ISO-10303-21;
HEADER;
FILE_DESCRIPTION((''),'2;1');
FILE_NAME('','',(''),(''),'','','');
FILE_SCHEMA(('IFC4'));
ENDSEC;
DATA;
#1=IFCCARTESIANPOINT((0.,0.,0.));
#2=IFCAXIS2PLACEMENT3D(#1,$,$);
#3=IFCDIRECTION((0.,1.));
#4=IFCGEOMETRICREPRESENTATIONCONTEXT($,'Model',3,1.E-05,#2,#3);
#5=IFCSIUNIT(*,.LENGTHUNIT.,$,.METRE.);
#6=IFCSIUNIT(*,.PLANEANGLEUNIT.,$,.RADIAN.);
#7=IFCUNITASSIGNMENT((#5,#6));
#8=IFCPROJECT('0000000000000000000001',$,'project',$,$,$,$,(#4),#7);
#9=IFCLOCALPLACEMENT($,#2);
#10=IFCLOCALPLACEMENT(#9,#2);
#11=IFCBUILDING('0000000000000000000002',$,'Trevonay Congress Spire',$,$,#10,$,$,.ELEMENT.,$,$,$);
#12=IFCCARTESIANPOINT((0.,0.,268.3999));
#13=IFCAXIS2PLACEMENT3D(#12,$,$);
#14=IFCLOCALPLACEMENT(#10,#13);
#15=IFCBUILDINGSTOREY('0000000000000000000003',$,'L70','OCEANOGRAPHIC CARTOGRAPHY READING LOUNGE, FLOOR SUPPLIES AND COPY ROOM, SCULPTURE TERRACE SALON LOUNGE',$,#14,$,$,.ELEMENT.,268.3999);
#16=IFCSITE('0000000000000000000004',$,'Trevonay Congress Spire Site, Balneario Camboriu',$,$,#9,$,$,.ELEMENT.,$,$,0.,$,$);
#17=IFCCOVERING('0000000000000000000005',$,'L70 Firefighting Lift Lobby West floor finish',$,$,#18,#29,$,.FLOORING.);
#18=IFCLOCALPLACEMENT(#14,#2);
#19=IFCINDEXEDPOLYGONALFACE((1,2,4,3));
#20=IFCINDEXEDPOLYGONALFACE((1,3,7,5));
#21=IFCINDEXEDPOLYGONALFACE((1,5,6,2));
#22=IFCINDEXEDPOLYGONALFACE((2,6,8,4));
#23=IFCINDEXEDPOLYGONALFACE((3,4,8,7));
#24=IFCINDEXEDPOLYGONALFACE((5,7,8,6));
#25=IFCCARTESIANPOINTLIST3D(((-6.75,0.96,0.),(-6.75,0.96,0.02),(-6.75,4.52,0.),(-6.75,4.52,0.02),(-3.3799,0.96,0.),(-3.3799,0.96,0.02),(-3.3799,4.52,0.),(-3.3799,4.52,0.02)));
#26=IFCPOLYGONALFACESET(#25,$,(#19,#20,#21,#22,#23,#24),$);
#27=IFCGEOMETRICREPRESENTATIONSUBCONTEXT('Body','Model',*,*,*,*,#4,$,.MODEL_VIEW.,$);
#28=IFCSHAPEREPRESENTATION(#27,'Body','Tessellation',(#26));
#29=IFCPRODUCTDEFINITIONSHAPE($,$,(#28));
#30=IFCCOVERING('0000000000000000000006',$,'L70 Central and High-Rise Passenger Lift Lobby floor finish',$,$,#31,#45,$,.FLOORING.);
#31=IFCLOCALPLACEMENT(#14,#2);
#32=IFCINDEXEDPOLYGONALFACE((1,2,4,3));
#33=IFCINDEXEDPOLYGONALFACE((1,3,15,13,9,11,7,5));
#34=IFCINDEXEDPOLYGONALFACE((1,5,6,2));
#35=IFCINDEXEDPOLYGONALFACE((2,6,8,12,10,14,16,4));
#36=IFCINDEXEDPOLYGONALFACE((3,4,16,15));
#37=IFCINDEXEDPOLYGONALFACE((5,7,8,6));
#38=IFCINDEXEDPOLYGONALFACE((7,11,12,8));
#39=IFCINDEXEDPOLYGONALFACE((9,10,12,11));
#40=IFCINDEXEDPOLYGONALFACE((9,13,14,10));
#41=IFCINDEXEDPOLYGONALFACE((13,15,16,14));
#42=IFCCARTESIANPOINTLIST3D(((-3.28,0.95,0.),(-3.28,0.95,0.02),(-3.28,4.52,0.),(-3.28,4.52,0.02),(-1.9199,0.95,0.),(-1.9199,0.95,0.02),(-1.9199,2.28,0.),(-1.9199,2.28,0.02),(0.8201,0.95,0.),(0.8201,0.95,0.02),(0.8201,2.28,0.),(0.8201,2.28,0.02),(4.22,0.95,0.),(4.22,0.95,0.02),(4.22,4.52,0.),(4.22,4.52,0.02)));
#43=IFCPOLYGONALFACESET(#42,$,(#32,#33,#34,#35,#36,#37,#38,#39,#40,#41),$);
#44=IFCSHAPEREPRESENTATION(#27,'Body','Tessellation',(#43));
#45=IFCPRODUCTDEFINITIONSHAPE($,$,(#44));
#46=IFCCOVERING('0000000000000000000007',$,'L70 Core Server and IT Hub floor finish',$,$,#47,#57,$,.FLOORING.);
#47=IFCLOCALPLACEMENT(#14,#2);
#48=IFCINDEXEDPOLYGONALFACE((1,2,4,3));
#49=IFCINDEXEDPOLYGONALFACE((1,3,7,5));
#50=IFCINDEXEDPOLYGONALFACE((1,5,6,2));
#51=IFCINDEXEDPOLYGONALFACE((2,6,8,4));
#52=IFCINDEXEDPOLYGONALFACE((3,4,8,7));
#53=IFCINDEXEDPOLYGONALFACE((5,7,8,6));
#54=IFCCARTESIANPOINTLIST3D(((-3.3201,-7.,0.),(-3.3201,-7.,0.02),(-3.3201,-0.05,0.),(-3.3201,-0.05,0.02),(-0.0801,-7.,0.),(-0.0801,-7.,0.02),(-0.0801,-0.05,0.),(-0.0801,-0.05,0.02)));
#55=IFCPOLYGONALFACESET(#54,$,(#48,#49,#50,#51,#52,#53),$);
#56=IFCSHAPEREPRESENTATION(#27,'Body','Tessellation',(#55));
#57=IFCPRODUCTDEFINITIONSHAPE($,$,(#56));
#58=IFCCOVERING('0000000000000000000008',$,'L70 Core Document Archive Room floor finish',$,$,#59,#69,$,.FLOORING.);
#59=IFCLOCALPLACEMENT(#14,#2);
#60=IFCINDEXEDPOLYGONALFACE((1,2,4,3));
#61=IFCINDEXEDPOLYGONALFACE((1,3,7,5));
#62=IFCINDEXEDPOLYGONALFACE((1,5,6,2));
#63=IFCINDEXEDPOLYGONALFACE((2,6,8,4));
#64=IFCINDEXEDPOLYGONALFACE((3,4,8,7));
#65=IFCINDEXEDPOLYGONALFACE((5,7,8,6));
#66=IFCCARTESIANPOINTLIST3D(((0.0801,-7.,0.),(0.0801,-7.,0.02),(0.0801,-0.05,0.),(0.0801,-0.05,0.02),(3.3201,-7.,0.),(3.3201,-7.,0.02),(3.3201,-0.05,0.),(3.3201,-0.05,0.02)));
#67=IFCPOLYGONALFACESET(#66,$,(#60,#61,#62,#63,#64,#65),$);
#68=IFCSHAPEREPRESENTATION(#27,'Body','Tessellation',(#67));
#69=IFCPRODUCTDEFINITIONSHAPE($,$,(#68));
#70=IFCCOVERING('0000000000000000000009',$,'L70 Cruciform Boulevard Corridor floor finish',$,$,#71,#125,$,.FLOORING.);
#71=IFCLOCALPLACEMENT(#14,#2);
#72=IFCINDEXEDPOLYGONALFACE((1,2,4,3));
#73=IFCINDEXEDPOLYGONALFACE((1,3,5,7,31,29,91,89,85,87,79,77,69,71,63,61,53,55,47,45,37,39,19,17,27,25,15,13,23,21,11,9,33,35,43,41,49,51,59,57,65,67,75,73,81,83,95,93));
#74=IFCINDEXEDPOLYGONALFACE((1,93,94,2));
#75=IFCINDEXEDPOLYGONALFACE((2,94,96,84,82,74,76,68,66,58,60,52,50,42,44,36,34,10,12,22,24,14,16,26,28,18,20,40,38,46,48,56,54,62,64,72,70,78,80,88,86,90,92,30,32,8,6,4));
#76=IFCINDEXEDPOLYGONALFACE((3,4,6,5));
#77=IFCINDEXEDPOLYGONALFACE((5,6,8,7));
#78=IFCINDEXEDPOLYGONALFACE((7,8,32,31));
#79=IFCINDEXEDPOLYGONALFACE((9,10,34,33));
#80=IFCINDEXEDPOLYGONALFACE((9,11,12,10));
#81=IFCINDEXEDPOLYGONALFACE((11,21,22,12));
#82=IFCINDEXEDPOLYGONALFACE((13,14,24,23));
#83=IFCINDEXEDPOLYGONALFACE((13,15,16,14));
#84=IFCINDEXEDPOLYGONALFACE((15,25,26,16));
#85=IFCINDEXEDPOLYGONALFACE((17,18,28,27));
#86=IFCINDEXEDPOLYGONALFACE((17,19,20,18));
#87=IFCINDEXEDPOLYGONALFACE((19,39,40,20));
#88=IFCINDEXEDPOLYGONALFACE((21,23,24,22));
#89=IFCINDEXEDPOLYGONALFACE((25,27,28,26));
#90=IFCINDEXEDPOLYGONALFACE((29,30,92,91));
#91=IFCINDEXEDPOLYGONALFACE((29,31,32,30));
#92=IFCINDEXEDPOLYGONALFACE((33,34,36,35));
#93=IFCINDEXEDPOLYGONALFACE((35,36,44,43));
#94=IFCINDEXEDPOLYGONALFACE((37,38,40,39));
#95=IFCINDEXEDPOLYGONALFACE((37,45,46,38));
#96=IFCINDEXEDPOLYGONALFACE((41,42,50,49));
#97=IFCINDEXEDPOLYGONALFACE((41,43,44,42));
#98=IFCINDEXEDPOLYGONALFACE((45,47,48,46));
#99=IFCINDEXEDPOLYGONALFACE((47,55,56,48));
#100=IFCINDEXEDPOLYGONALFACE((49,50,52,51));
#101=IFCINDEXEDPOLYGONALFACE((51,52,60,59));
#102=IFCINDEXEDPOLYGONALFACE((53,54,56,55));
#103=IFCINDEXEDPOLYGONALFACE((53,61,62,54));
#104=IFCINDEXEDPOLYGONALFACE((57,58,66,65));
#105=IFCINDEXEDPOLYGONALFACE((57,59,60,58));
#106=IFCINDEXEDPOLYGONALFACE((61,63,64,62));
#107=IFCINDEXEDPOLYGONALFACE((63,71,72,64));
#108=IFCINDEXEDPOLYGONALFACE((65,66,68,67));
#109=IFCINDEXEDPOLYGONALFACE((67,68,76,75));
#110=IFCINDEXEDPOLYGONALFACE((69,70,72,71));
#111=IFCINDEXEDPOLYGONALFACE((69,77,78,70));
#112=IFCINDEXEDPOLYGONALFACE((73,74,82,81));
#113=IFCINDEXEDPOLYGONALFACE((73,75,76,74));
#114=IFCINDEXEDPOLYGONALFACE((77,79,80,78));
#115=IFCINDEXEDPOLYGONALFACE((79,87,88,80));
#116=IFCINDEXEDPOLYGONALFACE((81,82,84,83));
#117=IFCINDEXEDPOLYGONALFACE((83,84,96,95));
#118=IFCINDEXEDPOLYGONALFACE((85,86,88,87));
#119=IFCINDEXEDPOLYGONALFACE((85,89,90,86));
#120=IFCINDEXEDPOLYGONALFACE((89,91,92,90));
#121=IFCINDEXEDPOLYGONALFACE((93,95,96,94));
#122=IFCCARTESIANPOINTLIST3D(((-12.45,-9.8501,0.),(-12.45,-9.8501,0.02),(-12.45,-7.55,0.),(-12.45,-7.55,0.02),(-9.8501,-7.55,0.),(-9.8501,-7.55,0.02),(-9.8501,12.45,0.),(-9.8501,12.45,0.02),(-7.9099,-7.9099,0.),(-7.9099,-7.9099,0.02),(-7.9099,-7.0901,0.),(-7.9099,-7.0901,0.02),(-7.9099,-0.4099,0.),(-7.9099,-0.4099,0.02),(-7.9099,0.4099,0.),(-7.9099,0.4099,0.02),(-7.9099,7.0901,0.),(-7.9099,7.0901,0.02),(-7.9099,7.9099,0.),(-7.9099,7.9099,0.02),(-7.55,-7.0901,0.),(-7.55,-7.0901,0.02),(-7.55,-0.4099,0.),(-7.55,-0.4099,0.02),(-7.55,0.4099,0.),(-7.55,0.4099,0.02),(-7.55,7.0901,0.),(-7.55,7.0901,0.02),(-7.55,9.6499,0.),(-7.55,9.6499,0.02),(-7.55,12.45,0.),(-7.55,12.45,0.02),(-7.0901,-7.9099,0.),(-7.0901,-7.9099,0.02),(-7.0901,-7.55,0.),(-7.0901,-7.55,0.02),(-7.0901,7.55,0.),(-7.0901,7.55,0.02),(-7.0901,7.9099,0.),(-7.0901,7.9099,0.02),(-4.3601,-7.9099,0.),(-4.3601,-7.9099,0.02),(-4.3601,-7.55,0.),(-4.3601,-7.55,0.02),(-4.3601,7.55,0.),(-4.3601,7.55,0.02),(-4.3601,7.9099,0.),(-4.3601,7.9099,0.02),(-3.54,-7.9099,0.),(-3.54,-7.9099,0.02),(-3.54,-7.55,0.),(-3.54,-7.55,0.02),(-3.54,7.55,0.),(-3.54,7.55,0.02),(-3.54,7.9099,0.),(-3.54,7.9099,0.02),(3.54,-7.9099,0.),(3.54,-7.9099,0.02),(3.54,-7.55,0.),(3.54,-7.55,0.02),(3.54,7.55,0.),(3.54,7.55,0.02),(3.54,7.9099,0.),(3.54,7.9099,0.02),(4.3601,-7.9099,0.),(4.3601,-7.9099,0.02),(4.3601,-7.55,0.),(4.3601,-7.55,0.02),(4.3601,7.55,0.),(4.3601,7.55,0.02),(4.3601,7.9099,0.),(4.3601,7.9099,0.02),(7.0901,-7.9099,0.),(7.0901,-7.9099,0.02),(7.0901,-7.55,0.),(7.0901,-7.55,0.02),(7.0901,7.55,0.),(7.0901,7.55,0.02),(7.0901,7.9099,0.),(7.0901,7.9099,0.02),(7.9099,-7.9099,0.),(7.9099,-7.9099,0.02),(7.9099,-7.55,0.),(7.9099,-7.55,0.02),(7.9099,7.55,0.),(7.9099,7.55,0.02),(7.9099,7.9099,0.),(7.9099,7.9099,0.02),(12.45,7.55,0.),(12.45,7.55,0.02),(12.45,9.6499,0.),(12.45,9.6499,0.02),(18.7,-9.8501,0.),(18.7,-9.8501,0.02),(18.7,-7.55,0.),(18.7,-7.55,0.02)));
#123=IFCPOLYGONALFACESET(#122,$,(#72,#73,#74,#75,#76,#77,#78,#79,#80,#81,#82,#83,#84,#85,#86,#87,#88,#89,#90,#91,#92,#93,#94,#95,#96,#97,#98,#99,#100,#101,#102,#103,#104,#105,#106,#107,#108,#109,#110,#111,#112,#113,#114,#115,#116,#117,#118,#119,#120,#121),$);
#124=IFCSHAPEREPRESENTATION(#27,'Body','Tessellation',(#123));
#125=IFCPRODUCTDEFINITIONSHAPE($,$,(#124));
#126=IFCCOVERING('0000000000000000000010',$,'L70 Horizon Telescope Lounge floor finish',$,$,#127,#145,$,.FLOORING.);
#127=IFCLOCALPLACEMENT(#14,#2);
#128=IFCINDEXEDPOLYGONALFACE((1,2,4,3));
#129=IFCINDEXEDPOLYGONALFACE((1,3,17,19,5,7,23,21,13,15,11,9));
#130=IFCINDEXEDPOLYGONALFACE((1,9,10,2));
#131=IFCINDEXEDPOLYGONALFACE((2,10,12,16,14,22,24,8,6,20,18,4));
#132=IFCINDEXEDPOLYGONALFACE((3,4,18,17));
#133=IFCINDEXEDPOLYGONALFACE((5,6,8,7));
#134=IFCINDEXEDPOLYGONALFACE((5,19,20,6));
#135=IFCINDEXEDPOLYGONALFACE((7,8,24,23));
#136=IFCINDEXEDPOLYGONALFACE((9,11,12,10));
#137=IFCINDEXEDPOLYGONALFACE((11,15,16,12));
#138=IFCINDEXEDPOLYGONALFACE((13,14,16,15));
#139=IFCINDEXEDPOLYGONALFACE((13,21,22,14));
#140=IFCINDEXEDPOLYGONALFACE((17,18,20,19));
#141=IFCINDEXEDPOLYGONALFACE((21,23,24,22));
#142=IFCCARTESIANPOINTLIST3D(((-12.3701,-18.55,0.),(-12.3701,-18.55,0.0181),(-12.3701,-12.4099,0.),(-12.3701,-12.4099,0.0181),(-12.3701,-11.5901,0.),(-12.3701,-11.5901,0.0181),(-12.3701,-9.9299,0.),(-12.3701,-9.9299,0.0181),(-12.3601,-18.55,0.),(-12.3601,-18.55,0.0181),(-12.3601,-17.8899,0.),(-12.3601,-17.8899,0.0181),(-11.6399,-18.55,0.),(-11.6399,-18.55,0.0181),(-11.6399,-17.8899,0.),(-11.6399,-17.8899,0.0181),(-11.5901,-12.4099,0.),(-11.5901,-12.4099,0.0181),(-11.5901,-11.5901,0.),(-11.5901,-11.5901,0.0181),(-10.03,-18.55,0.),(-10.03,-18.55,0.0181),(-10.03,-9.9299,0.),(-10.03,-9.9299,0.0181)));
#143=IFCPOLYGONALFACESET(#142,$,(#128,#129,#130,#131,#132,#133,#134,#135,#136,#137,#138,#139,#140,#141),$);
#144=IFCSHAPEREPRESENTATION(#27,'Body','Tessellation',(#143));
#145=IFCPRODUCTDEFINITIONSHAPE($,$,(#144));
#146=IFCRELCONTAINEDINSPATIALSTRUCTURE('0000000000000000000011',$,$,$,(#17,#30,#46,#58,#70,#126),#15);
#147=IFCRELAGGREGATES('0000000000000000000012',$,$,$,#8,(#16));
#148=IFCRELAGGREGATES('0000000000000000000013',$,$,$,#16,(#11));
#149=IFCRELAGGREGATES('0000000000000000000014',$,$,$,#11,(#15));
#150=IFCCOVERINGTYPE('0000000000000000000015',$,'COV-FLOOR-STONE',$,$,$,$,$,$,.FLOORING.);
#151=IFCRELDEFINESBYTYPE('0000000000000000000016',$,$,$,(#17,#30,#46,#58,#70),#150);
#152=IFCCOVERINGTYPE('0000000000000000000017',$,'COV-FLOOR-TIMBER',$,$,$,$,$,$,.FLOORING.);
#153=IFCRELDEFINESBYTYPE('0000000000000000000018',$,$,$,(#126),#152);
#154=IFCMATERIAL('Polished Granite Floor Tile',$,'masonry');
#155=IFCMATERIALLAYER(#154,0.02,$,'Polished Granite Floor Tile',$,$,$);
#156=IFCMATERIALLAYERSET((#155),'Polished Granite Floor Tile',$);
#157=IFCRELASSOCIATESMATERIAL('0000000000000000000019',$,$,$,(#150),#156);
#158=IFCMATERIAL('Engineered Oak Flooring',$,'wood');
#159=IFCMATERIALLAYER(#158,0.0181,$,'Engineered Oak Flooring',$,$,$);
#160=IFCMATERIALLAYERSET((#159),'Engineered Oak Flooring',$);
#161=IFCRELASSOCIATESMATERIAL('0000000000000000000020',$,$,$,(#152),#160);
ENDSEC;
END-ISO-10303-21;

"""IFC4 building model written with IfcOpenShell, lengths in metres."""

from ifc_helpers import new_model, si_unit, direction, frame, origin, place, context, subcontext, project, spatial, polyline, outline, extrude, material, layer, layer_set, type_object, element, save


model = new_model("IFC4")

# Units and contexts
model_context = context("Model", 3, precision=1e-05, world=origin(), true_north=direction((0.0, 1.0)))
body_context = subcontext(model_context, "Body", "Model", "MODEL_VIEW")
ifc_project = project(units=[si_unit("LENGTHUNIT", "METRE"), si_unit("PLANEANGLEUNIT", "RADIAN")], contexts=[model_context])

# Site, building, storey
site_placement = place(None, origin())
site = spatial("IfcSite", under=ifc_project, at=site_placement, Name="Trevonay Congress Spire Site, Balneario Camboriu", CompositionType="ELEMENT", RefElevation=0.0)
building_placement = place(site_placement, origin())
building = spatial("IfcBuilding", under=site, at=building_placement, Name="Trevonay Congress Spire", CompositionType="ELEMENT")
storey_placement = place(building_placement, frame((0.0, 0.0, 268.3999)))
storey = spatial("IfcBuildingStorey", under=building, at=storey_placement, Name="L70", Description="OCEANOGRAPHIC CARTOGRAPHY READING LOUNGE, FLOOR SUPPLIES AND COPY ROOM, SCULPTURE TERRACE SALON LOUNGE", CompositionType="ELEMENT", Elevation=268.3999)

# Coverings
ifc_material_1 = material(Name="Polished Granite Floor Tile", Category="masonry")
ifc_layer_1 = layer(ifc_material_1, 0.02, Name="Polished Granite Floor Tile")
ifc_layer_set_1 = layer_set([ifc_layer_1], Name="Polished Granite Floor Tile")
covering_type_1 = type_object("IfcCoveringType", Name="COV-FLOOR-STONE", PredefinedType="FLOORING", material=ifc_layer_set_1)
covering_1_placement = place(storey_placement, origin())
element("IfcCovering", 1, at=covering_1_placement, inside=storey, type_object=covering_type_1, Name="L70 Firefighting Lift Lobby West floor finish", PredefinedType="FLOORING", context=body_context, shape_type="SweptSolid", body=[
    extrude(outline(polyline([(-6.75, 0.96), (-3.3799, 0.96), (-3.3799, 4.52), (-6.75, 4.52), (-6.75, 0.96)])), origin(), (0.0, 0.0, 1.0), 0.02),
])
covering_2_placement = place(storey_placement, origin())
element("IfcCovering", 2, at=covering_2_placement, inside=storey, type_object=covering_type_1, Name="L70 Central and High-Rise Passenger Lift Lobby floor finish", PredefinedType="FLOORING", context=body_context, shape_type="SweptSolid", body=[
    extrude(outline(polyline([(-3.28, 0.95), (-1.9199, 0.95), (-1.9199, 2.28), (0.8201, 2.28), (0.8201, 0.95), (4.22, 0.95), (4.22, 4.52), (-3.28, 4.52), (-3.28, 0.95)])), origin(), (0.0, 0.0, 1.0), 0.02),
])
covering_3_placement = place(storey_placement, origin())
element("IfcCovering", 3, at=covering_3_placement, inside=storey, type_object=covering_type_1, Name="L70 Core Server and IT Hub floor finish", PredefinedType="FLOORING", context=body_context, shape_type="SweptSolid", body=[
    extrude(outline(polyline([(-3.3201, -7.0), (-0.0801, -7.0), (-0.0801, -0.05), (-3.3201, -0.05), (-3.3201, -7.0)])), origin(), (0.0, 0.0, 1.0), 0.02),
])
covering_4_placement = place(storey_placement, origin())
element("IfcCovering", 4, at=covering_4_placement, inside=storey, type_object=covering_type_1, Name="L70 Core Document Archive Room floor finish", PredefinedType="FLOORING", context=body_context, shape_type="SweptSolid", body=[
    extrude(outline(polyline([(0.0801, -7.0), (3.3201, -7.0), (3.3201, -0.05), (0.0801, -0.05), (0.0801, -7.0)])), origin(), (0.0, 0.0, 1.0), 0.02),
])
covering_5_placement = place(storey_placement, origin())
element("IfcCovering", 5, at=covering_5_placement, inside=storey, type_object=covering_type_1, Name="L70 Cruciform Boulevard Corridor floor finish", PredefinedType="FLOORING", context=body_context, shape_type="SweptSolid", body=[
    extrude(outline(polyline([(18.7, -7.55), (18.7, -9.8501), (-12.45, -9.8501), (-12.45, -7.55), (-9.8501, -7.55), (-9.8501, 12.45), (-7.55, 12.45), (-7.55, 9.6499), (12.45, 9.6499), (12.45, 7.55), (7.9099, 7.55), (7.9099, 7.9099), (7.0901, 7.9099), (7.0901, 7.55), (4.3601, 7.55), (4.3601, 7.9099), (3.54, 7.9099), (3.54, 7.55), (-3.54, 7.55), (-3.54, 7.9099), (-4.3601, 7.9099), (-4.3601, 7.55), (-7.0901, 7.55), (-7.0901, 7.9099), (-7.9099, 7.9099), (-7.9099, 7.0901), (-7.55, 7.0901), (-7.55, 0.4099), (-7.9099, 0.4099), (-7.9099, -0.4099), (-7.55, -0.4099), (-7.55, -7.0901), (-7.9099, -7.0901), (-7.9099, -7.9099), (-7.0901, -7.9099), (-7.0901, -7.55), (-4.3601, -7.55), (-4.3601, -7.9099), (-3.54, -7.9099), (-3.54, -7.55), (3.54, -7.55), (3.54, -7.9099), (4.3601, -7.9099), (4.3601, -7.55), (7.0901, -7.55), (7.0901, -7.9099), (7.9099, -7.9099), (7.9099, -7.55), (18.7, -7.55)])), origin(), (0.0, 0.0, 1.0), 0.02),
])
ifc_material_2 = material(Name="Engineered Oak Flooring", Category="wood")
ifc_layer_2 = layer(ifc_material_2, 0.0181, Name="Engineered Oak Flooring")
ifc_layer_set_2 = layer_set([ifc_layer_2], Name="Engineered Oak Flooring")
covering_type_2 = type_object("IfcCoveringType", Name="COV-FLOOR-TIMBER", PredefinedType="FLOORING", material=ifc_layer_set_2)
covering_6_placement = place(storey_placement, origin())
element("IfcCovering", 6, at=covering_6_placement, inside=storey, type_object=covering_type_2, Name="L70 Horizon Telescope Lounge floor finish", PredefinedType="FLOORING", context=body_context, shape_type="SweptSolid", body=[
    extrude(outline(polyline([(-12.3701, -18.55), (-12.3701, -12.4099), (-11.5901, -12.4099), (-11.5901, -11.5901), (-12.3701, -11.5901), (-12.3701, -9.9299), (-10.03, -9.9299), (-10.03, -18.55), (-11.6399, -18.55), (-11.6399, -17.8899), (-12.3601, -17.8899), (-12.3601, -18.55), (-12.3701, -18.55)])), origin(), (0.0, 0.0, 1.0), 0.0181),
])

save(model, "model.ifc")
